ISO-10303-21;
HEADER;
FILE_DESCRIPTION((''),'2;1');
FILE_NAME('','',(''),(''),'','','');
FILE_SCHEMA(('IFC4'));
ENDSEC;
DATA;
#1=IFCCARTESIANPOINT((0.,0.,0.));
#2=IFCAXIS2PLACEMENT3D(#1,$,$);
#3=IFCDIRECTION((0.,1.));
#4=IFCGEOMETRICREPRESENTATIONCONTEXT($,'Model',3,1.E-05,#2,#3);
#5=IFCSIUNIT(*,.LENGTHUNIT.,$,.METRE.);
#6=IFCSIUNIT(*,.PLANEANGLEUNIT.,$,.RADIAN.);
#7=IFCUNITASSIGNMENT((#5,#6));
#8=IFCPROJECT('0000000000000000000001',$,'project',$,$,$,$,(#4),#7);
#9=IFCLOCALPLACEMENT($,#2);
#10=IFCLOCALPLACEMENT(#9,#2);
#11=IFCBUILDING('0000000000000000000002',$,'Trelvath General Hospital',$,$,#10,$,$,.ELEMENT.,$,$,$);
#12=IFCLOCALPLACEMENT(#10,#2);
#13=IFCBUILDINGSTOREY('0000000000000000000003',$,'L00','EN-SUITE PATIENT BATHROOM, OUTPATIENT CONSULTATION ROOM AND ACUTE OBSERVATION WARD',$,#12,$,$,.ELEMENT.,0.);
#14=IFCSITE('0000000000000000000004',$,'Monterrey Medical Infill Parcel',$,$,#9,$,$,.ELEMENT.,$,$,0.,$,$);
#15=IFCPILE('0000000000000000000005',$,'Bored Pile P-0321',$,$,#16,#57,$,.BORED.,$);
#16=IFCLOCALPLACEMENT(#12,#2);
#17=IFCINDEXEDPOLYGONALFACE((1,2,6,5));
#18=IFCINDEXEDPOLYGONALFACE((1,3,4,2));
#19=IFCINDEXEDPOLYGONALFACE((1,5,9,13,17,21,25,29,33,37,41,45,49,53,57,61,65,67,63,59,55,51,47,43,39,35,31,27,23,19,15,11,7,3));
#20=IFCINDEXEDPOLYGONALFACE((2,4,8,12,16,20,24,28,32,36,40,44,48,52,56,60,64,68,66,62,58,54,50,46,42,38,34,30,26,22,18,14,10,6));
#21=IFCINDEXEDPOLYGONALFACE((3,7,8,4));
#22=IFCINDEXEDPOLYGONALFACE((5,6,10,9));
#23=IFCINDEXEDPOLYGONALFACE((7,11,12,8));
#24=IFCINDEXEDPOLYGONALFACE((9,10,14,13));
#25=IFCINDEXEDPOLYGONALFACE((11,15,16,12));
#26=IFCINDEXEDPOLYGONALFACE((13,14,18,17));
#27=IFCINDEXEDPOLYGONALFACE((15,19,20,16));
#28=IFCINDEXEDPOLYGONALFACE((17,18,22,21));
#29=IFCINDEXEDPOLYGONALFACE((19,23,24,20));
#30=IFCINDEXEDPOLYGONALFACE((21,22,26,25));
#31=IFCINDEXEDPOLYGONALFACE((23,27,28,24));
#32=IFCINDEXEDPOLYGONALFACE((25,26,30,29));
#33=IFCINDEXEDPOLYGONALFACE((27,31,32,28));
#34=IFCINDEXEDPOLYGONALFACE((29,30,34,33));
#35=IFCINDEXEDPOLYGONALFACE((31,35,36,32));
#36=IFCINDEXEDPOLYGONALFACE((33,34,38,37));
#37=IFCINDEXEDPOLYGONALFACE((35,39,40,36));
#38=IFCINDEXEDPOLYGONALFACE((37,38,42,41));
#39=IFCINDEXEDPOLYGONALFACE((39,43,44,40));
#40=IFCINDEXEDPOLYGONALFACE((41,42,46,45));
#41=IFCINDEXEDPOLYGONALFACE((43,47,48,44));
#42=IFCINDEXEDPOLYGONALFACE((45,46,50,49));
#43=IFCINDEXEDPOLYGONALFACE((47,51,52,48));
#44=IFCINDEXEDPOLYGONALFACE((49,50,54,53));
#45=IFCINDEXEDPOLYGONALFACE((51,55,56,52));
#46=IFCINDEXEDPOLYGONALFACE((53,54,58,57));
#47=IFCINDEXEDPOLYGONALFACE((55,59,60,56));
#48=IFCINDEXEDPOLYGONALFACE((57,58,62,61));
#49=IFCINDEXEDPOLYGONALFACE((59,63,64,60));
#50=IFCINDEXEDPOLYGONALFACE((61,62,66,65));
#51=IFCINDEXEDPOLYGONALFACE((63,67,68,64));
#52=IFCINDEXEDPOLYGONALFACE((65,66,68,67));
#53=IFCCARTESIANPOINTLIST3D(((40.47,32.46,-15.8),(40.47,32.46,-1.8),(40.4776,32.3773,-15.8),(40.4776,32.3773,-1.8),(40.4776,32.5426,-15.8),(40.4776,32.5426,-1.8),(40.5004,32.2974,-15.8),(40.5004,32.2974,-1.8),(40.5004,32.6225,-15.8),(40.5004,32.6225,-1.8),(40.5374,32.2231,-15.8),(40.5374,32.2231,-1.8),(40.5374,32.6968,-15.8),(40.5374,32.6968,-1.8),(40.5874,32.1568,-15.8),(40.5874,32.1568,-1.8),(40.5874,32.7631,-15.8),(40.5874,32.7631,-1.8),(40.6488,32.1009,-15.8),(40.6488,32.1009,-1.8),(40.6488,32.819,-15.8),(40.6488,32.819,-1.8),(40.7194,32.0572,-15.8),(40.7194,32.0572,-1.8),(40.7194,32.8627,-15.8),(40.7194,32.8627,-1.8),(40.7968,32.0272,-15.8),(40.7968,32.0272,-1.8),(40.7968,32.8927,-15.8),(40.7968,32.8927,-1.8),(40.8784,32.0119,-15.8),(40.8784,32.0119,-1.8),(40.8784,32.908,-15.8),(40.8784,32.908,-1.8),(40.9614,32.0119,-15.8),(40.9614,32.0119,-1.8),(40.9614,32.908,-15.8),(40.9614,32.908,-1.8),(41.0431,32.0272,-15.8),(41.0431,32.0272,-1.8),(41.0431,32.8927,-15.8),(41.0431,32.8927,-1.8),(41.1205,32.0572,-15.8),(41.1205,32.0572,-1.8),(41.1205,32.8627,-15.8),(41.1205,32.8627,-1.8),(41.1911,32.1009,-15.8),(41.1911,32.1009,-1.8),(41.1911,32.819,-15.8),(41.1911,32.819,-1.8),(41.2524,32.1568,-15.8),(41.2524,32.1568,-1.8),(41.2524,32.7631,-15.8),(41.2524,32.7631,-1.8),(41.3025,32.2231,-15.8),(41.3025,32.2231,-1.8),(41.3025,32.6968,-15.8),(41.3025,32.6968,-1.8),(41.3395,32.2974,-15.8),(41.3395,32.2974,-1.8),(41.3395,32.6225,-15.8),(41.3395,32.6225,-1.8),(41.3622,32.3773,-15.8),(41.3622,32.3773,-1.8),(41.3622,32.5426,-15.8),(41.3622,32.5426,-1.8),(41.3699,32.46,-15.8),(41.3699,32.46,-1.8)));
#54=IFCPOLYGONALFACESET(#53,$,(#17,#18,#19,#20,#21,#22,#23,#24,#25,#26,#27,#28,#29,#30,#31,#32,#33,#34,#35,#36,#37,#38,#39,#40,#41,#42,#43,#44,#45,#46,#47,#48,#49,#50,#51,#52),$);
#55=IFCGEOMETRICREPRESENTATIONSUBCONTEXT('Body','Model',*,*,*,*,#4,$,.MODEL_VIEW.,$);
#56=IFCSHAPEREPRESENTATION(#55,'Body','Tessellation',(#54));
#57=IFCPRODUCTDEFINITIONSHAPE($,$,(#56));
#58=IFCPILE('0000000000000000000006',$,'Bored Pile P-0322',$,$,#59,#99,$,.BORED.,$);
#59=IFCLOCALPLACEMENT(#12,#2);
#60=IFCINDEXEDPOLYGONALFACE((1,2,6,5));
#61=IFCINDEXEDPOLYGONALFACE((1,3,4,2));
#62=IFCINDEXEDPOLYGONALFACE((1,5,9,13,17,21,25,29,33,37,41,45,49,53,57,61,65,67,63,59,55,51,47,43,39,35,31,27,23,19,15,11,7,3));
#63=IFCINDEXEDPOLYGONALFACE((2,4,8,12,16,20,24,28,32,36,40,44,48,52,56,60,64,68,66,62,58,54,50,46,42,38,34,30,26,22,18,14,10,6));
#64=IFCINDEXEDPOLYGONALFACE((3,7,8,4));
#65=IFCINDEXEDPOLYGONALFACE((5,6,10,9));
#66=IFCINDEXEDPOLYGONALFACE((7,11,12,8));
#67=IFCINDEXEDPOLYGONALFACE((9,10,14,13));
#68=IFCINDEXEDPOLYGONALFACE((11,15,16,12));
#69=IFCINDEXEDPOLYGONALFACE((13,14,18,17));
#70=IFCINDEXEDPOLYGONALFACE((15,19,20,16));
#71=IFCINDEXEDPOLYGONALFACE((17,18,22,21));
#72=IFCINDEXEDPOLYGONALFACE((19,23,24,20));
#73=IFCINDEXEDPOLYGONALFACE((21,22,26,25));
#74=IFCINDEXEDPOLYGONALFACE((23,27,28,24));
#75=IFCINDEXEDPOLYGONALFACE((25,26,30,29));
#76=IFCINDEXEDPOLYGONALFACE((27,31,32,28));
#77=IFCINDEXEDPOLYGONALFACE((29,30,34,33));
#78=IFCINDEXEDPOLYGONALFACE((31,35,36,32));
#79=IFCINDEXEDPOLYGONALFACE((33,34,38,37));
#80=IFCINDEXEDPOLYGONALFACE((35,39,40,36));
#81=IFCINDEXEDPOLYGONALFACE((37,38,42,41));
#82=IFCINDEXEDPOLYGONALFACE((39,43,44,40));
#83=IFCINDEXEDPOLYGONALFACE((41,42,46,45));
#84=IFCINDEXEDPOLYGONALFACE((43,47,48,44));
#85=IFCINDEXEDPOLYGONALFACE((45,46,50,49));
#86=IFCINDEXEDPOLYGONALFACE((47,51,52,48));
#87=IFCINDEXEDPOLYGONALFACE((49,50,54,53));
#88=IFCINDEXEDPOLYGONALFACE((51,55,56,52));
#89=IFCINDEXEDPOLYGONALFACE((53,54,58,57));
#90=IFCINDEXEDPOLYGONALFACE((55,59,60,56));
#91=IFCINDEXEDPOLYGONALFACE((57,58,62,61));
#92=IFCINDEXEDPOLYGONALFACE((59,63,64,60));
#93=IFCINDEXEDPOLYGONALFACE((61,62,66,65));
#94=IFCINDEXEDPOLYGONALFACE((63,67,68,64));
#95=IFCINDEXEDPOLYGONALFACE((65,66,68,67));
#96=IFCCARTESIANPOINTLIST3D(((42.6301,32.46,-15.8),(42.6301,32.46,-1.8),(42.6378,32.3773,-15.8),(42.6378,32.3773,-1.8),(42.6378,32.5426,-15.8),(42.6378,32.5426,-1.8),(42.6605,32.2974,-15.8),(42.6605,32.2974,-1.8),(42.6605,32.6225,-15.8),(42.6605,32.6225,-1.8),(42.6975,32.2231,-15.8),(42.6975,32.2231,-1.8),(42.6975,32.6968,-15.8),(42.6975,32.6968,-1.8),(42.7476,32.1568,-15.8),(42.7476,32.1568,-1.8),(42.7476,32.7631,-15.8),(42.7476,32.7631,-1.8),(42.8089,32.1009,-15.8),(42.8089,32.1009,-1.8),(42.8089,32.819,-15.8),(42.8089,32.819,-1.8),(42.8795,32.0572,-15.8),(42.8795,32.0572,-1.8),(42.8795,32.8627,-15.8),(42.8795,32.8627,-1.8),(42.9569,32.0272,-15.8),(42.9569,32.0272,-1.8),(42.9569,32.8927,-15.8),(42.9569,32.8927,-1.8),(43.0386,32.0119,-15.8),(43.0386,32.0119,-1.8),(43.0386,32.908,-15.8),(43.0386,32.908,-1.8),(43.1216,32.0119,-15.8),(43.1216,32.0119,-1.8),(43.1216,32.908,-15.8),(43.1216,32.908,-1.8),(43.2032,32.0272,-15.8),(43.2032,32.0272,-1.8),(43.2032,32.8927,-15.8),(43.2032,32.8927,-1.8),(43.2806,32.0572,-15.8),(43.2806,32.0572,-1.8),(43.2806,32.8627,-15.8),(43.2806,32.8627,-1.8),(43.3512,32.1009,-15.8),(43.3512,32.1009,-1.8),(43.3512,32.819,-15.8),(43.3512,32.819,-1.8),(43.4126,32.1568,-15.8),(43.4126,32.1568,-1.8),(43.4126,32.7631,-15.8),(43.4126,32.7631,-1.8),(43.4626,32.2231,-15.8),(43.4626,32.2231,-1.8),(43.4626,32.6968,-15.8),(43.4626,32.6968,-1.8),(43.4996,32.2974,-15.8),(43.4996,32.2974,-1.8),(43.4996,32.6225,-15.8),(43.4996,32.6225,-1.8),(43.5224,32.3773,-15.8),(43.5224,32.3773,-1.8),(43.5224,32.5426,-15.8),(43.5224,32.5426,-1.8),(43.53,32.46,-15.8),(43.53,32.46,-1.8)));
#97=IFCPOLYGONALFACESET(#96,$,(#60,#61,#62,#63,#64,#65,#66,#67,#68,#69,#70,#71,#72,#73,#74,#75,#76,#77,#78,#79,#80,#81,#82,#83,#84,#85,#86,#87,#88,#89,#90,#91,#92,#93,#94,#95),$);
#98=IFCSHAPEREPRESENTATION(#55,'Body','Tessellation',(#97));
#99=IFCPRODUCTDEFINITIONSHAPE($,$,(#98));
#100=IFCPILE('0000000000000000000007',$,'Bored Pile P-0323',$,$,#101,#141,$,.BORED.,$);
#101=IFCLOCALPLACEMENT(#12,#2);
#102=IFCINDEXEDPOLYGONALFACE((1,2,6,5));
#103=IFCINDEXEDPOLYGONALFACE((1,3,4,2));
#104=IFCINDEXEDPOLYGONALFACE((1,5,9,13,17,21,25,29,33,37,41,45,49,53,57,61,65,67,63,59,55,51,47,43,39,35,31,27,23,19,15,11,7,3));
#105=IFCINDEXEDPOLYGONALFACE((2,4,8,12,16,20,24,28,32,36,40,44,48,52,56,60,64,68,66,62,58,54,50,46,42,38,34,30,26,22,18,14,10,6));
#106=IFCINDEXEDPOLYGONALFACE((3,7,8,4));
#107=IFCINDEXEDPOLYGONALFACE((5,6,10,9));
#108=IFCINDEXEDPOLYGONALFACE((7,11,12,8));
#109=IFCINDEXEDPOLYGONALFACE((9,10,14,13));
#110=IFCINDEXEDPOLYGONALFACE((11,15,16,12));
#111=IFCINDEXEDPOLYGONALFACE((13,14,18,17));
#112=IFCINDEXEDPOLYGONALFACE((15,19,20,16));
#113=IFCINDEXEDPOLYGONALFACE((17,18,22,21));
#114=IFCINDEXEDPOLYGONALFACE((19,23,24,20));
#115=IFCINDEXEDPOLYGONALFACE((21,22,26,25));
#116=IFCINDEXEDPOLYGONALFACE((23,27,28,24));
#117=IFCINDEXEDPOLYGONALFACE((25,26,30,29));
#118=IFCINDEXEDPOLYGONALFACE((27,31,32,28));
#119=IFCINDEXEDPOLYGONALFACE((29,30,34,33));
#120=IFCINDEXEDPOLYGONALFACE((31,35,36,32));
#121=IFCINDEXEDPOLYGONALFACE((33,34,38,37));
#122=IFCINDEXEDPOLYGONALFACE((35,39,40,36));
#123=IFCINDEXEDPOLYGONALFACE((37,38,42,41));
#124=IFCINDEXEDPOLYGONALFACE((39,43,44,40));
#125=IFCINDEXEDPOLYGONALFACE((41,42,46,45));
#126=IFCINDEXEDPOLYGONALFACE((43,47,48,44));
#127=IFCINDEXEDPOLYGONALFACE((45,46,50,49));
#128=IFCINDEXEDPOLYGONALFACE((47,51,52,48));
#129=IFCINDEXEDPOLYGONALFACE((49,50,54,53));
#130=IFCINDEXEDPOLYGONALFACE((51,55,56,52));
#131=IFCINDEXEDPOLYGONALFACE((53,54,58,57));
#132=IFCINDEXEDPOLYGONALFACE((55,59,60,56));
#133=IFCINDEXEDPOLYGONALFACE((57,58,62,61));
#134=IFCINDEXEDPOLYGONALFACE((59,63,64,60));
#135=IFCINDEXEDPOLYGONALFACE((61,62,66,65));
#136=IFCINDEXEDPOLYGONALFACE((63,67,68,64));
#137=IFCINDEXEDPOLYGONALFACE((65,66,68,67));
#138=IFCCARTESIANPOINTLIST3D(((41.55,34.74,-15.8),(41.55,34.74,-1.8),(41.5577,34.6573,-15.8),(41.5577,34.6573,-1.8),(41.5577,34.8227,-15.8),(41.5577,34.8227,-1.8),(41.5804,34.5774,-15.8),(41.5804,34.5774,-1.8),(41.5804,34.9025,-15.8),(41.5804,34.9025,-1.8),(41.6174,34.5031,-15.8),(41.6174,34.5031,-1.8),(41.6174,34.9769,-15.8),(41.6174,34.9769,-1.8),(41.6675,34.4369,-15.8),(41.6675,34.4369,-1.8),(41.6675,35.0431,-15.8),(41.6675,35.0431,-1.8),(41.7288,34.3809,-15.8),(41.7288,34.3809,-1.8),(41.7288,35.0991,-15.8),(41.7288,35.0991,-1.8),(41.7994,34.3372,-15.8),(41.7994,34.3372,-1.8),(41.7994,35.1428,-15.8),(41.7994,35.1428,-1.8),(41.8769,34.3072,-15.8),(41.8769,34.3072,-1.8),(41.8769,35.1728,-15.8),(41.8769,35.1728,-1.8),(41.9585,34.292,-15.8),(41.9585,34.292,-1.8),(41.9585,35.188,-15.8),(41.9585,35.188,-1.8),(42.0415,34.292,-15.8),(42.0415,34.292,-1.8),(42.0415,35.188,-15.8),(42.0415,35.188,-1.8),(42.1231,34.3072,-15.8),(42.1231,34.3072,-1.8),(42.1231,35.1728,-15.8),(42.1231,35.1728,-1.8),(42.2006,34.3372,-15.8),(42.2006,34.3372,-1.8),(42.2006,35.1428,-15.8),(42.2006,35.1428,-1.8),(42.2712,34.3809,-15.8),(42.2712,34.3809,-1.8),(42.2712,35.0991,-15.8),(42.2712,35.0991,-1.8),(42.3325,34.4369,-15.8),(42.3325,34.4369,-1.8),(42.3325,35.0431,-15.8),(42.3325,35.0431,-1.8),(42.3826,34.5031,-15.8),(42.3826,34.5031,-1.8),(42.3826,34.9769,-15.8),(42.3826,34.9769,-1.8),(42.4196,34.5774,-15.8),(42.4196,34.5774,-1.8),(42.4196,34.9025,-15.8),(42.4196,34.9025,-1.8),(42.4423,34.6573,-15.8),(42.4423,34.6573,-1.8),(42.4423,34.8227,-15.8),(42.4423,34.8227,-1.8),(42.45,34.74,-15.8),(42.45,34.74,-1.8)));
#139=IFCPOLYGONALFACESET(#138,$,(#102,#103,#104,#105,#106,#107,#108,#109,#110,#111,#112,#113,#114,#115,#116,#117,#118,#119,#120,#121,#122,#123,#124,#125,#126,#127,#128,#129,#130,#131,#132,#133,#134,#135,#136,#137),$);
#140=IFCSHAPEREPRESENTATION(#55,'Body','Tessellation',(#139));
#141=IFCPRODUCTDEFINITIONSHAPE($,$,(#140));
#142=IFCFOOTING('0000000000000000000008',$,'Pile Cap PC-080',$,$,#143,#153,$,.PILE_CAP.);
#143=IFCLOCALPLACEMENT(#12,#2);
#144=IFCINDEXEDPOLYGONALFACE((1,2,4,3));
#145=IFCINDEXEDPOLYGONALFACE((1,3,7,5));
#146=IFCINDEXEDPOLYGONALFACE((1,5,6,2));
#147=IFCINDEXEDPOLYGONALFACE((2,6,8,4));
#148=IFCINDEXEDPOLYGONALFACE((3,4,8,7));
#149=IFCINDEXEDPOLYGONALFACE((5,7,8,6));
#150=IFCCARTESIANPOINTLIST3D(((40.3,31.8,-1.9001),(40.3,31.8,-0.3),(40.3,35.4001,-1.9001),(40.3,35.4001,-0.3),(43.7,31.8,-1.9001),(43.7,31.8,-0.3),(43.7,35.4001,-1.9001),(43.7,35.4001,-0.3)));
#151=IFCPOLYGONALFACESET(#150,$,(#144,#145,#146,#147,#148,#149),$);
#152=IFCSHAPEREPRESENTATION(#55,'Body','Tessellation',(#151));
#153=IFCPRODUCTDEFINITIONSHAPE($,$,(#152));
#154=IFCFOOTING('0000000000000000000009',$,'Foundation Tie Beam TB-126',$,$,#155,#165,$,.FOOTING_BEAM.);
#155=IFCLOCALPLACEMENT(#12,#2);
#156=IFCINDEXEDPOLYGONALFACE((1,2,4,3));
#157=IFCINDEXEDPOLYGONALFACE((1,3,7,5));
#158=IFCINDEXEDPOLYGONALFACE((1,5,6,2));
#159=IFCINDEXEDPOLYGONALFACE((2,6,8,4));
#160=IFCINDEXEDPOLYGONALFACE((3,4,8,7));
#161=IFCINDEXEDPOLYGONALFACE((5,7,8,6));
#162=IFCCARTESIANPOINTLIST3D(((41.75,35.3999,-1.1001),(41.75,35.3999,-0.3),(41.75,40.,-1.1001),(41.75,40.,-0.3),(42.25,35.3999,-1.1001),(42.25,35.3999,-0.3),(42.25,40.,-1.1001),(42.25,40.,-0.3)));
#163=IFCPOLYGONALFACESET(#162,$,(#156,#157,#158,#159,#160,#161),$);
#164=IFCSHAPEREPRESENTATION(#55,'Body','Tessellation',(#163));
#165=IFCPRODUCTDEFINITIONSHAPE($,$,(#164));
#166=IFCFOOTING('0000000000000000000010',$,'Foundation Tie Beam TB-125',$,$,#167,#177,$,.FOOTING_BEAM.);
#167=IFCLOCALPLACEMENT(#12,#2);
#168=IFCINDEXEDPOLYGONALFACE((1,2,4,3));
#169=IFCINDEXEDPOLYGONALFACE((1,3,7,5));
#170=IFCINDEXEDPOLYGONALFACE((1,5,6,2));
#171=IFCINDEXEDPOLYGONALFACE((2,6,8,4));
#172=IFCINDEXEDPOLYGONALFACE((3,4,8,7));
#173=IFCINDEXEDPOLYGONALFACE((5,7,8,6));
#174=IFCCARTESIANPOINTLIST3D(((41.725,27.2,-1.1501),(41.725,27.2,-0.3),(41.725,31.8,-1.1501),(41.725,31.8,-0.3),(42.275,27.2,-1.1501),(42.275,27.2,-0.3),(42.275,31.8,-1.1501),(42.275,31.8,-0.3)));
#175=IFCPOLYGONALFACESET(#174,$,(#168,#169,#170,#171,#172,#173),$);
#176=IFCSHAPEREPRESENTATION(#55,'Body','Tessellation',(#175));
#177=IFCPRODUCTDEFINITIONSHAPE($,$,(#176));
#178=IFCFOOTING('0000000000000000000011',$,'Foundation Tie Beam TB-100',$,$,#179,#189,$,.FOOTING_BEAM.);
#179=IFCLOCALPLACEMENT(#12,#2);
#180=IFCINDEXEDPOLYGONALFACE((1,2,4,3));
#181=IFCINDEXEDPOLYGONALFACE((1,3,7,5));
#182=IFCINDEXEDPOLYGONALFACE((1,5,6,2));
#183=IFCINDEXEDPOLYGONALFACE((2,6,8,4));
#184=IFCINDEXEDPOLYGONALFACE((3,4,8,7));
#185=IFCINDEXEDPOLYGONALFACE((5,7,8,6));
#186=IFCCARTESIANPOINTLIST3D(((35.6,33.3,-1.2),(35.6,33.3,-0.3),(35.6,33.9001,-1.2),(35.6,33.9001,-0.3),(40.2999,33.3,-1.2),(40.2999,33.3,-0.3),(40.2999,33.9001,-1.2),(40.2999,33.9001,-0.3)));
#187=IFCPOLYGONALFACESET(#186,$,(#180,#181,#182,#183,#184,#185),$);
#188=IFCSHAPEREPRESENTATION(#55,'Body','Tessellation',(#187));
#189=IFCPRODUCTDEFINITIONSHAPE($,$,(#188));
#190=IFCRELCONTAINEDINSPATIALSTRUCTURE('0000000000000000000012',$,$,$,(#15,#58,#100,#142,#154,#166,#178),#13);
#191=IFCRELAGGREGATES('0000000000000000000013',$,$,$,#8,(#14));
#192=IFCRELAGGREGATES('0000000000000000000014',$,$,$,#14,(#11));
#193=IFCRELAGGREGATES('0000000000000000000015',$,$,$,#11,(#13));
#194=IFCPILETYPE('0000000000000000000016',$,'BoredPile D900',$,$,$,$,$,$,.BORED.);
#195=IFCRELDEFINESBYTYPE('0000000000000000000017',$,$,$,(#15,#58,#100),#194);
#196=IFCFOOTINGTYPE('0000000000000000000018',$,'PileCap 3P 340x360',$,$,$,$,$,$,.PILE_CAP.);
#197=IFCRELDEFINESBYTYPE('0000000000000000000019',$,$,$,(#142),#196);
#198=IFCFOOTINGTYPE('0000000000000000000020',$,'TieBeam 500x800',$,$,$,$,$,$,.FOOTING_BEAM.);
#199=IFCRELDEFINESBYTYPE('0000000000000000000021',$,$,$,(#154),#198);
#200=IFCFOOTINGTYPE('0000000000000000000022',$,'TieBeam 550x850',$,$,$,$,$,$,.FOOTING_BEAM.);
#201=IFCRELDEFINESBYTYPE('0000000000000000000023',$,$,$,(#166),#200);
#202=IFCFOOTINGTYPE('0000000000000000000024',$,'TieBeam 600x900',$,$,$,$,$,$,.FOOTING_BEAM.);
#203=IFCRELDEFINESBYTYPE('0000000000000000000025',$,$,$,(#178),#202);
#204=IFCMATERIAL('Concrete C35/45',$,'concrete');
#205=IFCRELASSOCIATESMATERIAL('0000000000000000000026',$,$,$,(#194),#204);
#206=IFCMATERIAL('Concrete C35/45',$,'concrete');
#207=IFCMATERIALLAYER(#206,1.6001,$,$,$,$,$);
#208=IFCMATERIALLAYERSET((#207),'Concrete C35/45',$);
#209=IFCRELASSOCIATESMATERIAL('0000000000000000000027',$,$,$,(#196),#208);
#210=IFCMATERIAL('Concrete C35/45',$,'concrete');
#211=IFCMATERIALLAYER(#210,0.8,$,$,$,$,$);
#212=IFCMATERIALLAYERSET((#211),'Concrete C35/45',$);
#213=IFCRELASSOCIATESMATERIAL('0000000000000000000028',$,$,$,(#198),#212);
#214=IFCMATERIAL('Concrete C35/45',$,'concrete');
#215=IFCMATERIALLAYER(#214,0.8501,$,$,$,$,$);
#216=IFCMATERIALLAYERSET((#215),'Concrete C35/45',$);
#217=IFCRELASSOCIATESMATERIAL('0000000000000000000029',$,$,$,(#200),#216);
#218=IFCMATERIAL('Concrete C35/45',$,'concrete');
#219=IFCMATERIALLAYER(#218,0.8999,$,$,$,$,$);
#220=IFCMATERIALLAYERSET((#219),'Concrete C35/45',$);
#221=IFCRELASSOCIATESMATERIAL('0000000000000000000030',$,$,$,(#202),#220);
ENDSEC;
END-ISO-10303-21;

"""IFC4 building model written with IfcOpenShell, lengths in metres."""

from ifc_helpers import new_model, si_unit, direction, frame, origin, origin_2d, place, context, subcontext, project, spatial, rectangle, circle, extrude, material, layer, layer_set, material_profile, profile_set, type_object, element, save


model = new_model("IFC4")

# Units and contexts
model_context = context("Model", 3, precision=1e-05, world=origin(), true_north=direction((0.0, 1.0)))
body_context = subcontext(model_context, "Body", "Model", "MODEL_VIEW")
ifc_project = project(units=[si_unit("LENGTHUNIT", "METRE"), si_unit("PLANEANGLEUNIT", "RADIAN")], contexts=[model_context])

# Site, building, storey
site_placement = place(None, origin())
site = spatial("IfcSite", under=ifc_project, at=site_placement, Name="Monterrey Medical Infill Parcel", CompositionType="ELEMENT", RefElevation=0.0)
building_placement = place(site_placement, origin())
building = spatial("IfcBuilding", under=site, at=building_placement, Name="Trelvath General Hospital", CompositionType="ELEMENT")
storey_placement = place(building_placement, origin())
storey = spatial("IfcBuildingStorey", under=building, at=storey_placement, Name="L00", Description="EN-SUITE PATIENT BATHROOM, OUTPATIENT CONSULTATION ROOM AND ACUTE OBSERVATION WARD", CompositionType="ELEMENT", Elevation=0.0)

# Piles
ifc_material_1 = material(Name="Concrete C35/45", Category="concrete")
ifc_material_profile_1 = material_profile(ifc_material_1, circle(Radius=0.45, at=origin_2d()), Name="PILE900")
ifc_profile_set_1 = profile_set([ifc_material_profile_1], Name="Concrete C35/45")
pile_type_1 = type_object("IfcPileType", Name="BoredPile D900", PredefinedType="BORED", material=ifc_profile_set_1)
for number, where, z_axis, x_axis, name in (
    (1, (40.9199, 32.46, -1.8), (0.0, 0.0, -1.0), (1.0, 0.0, 0.0), "Bored Pile P-0321"),
    (2, (43.0801, 32.46, -1.8), (0.0, 0.0, -1.0), (1.0, 0.0, 0.0), "Bored Pile P-0322"),
    (3, (42.0, 34.74, -1.8), (0.0, 0.0, -1.0), (1.0, 0.0, 0.0), "Bored Pile P-0323"),
):
    element("IfcPile", number, at=place(storey_placement, frame(where, z_axis=z_axis, x_axis=x_axis)), inside=storey, type_object=pile_type_1, Name=name, PredefinedType="BORED", context=body_context, shape_type="SweptSolid", body=[
        extrude(circle(Radius=0.45, at=origin_2d()), origin(), (0.0, 0.0, 1.0), 14.0),
    ])

# Footings
ifc_material_2 = material(Name="Concrete C35/45", Category="concrete")
ifc_layer_1 = layer(ifc_material_2, 1.6001)
ifc_layer_set_1 = layer_set([ifc_layer_1], Name="Concrete C35/45")
footing_type_1 = type_object("IfcFootingType", Name="PileCap 3P 340x360", PredefinedType="PILE_CAP", material=ifc_layer_set_1)
footing_1_placement = place(storey_placement, frame((42.0, 33.6001, -1.9001), z_axis=(0.0, 0.0, 1.0), x_axis=(1.0, 0.0, 0.0)))
element("IfcFooting", 4, at=footing_1_placement, inside=storey, type_object=footing_type_1, Name="Pile Cap PC-080", PredefinedType="PILE_CAP", context=body_context, shape_type="SweptSolid", body=[
    extrude(rectangle(XDim=3.3999, YDim=3.6001, at=origin_2d()), origin(), (0.0, 0.0, 1.0), 1.6001),
])
ifc_material_3 = material(Name="Concrete C35/45", Category="concrete")
ifc_layer_2 = layer(ifc_material_3, 0.8)
ifc_layer_set_2 = layer_set([ifc_layer_2], Name="Concrete C35/45")
footing_type_2 = type_object("IfcFootingType", Name="TieBeam 500x800", PredefinedType="FOOTING_BEAM", material=ifc_layer_set_2)
footing_2_placement = place(storey_placement, frame((42.0, 37.7, -1.1001), z_axis=(0.0, 0.0, 1.0), x_axis=(1.0, 0.0, 0.0)))
element("IfcFooting", 5, at=footing_2_placement, inside=storey, type_object=footing_type_2, Name="Foundation Tie Beam TB-126", PredefinedType="FOOTING_BEAM", context=body_context, shape_type="SweptSolid", body=[
    extrude(rectangle(XDim=0.5, YDim=4.6001, at=origin_2d()), origin(), (0.0, 0.0, 1.0), 0.8),
])
ifc_material_4 = material(Name="Concrete C35/45", Category="concrete")
ifc_layer_3 = layer(ifc_material_4, 0.8501)
ifc_layer_set_3 = layer_set([ifc_layer_3], Name="Concrete C35/45")
footing_type_3 = type_object("IfcFootingType", Name="TieBeam 550x850", PredefinedType="FOOTING_BEAM", material=ifc_layer_set_3)
footing_3_placement = place(storey_placement, frame((42.0, 29.5, -1.1501), z_axis=(0.0, 0.0, 1.0), x_axis=(1.0, 0.0, 0.0)))
element("IfcFooting", 6, at=footing_3_placement, inside=storey, type_object=footing_type_3, Name="Foundation Tie Beam TB-125", PredefinedType="FOOTING_BEAM", context=body_context, shape_type="SweptSolid", body=[
    extrude(rectangle(XDim=0.55, YDim=4.6001, at=origin_2d()), origin(), (0.0, 0.0, 1.0), 0.8501),
])
ifc_material_5 = material(Name="Concrete C35/45", Category="concrete")
ifc_layer_4 = layer(ifc_material_5, 0.8999)
ifc_layer_set_4 = layer_set([ifc_layer_4], Name="Concrete C35/45")
footing_type_4 = type_object("IfcFootingType", Name="TieBeam 600x900", PredefinedType="FOOTING_BEAM", material=ifc_layer_set_4)
footing_4_placement = place(storey_placement, frame((37.95, 33.6001, -1.2), z_axis=(0.0, 0.0, 1.0), x_axis=(1.0, 0.0, 0.0)))
element("IfcFooting", 7, at=footing_4_placement, inside=storey, type_object=footing_type_4, Name="Foundation Tie Beam TB-100", PredefinedType="FOOTING_BEAM", context=body_context, shape_type="SweptSolid", body=[
    extrude(rectangle(XDim=4.7, YDim=0.6001, at=origin_2d()), origin(), (0.0, 0.0, 1.0), 0.8999),
])

save(model, "model.ifc")
